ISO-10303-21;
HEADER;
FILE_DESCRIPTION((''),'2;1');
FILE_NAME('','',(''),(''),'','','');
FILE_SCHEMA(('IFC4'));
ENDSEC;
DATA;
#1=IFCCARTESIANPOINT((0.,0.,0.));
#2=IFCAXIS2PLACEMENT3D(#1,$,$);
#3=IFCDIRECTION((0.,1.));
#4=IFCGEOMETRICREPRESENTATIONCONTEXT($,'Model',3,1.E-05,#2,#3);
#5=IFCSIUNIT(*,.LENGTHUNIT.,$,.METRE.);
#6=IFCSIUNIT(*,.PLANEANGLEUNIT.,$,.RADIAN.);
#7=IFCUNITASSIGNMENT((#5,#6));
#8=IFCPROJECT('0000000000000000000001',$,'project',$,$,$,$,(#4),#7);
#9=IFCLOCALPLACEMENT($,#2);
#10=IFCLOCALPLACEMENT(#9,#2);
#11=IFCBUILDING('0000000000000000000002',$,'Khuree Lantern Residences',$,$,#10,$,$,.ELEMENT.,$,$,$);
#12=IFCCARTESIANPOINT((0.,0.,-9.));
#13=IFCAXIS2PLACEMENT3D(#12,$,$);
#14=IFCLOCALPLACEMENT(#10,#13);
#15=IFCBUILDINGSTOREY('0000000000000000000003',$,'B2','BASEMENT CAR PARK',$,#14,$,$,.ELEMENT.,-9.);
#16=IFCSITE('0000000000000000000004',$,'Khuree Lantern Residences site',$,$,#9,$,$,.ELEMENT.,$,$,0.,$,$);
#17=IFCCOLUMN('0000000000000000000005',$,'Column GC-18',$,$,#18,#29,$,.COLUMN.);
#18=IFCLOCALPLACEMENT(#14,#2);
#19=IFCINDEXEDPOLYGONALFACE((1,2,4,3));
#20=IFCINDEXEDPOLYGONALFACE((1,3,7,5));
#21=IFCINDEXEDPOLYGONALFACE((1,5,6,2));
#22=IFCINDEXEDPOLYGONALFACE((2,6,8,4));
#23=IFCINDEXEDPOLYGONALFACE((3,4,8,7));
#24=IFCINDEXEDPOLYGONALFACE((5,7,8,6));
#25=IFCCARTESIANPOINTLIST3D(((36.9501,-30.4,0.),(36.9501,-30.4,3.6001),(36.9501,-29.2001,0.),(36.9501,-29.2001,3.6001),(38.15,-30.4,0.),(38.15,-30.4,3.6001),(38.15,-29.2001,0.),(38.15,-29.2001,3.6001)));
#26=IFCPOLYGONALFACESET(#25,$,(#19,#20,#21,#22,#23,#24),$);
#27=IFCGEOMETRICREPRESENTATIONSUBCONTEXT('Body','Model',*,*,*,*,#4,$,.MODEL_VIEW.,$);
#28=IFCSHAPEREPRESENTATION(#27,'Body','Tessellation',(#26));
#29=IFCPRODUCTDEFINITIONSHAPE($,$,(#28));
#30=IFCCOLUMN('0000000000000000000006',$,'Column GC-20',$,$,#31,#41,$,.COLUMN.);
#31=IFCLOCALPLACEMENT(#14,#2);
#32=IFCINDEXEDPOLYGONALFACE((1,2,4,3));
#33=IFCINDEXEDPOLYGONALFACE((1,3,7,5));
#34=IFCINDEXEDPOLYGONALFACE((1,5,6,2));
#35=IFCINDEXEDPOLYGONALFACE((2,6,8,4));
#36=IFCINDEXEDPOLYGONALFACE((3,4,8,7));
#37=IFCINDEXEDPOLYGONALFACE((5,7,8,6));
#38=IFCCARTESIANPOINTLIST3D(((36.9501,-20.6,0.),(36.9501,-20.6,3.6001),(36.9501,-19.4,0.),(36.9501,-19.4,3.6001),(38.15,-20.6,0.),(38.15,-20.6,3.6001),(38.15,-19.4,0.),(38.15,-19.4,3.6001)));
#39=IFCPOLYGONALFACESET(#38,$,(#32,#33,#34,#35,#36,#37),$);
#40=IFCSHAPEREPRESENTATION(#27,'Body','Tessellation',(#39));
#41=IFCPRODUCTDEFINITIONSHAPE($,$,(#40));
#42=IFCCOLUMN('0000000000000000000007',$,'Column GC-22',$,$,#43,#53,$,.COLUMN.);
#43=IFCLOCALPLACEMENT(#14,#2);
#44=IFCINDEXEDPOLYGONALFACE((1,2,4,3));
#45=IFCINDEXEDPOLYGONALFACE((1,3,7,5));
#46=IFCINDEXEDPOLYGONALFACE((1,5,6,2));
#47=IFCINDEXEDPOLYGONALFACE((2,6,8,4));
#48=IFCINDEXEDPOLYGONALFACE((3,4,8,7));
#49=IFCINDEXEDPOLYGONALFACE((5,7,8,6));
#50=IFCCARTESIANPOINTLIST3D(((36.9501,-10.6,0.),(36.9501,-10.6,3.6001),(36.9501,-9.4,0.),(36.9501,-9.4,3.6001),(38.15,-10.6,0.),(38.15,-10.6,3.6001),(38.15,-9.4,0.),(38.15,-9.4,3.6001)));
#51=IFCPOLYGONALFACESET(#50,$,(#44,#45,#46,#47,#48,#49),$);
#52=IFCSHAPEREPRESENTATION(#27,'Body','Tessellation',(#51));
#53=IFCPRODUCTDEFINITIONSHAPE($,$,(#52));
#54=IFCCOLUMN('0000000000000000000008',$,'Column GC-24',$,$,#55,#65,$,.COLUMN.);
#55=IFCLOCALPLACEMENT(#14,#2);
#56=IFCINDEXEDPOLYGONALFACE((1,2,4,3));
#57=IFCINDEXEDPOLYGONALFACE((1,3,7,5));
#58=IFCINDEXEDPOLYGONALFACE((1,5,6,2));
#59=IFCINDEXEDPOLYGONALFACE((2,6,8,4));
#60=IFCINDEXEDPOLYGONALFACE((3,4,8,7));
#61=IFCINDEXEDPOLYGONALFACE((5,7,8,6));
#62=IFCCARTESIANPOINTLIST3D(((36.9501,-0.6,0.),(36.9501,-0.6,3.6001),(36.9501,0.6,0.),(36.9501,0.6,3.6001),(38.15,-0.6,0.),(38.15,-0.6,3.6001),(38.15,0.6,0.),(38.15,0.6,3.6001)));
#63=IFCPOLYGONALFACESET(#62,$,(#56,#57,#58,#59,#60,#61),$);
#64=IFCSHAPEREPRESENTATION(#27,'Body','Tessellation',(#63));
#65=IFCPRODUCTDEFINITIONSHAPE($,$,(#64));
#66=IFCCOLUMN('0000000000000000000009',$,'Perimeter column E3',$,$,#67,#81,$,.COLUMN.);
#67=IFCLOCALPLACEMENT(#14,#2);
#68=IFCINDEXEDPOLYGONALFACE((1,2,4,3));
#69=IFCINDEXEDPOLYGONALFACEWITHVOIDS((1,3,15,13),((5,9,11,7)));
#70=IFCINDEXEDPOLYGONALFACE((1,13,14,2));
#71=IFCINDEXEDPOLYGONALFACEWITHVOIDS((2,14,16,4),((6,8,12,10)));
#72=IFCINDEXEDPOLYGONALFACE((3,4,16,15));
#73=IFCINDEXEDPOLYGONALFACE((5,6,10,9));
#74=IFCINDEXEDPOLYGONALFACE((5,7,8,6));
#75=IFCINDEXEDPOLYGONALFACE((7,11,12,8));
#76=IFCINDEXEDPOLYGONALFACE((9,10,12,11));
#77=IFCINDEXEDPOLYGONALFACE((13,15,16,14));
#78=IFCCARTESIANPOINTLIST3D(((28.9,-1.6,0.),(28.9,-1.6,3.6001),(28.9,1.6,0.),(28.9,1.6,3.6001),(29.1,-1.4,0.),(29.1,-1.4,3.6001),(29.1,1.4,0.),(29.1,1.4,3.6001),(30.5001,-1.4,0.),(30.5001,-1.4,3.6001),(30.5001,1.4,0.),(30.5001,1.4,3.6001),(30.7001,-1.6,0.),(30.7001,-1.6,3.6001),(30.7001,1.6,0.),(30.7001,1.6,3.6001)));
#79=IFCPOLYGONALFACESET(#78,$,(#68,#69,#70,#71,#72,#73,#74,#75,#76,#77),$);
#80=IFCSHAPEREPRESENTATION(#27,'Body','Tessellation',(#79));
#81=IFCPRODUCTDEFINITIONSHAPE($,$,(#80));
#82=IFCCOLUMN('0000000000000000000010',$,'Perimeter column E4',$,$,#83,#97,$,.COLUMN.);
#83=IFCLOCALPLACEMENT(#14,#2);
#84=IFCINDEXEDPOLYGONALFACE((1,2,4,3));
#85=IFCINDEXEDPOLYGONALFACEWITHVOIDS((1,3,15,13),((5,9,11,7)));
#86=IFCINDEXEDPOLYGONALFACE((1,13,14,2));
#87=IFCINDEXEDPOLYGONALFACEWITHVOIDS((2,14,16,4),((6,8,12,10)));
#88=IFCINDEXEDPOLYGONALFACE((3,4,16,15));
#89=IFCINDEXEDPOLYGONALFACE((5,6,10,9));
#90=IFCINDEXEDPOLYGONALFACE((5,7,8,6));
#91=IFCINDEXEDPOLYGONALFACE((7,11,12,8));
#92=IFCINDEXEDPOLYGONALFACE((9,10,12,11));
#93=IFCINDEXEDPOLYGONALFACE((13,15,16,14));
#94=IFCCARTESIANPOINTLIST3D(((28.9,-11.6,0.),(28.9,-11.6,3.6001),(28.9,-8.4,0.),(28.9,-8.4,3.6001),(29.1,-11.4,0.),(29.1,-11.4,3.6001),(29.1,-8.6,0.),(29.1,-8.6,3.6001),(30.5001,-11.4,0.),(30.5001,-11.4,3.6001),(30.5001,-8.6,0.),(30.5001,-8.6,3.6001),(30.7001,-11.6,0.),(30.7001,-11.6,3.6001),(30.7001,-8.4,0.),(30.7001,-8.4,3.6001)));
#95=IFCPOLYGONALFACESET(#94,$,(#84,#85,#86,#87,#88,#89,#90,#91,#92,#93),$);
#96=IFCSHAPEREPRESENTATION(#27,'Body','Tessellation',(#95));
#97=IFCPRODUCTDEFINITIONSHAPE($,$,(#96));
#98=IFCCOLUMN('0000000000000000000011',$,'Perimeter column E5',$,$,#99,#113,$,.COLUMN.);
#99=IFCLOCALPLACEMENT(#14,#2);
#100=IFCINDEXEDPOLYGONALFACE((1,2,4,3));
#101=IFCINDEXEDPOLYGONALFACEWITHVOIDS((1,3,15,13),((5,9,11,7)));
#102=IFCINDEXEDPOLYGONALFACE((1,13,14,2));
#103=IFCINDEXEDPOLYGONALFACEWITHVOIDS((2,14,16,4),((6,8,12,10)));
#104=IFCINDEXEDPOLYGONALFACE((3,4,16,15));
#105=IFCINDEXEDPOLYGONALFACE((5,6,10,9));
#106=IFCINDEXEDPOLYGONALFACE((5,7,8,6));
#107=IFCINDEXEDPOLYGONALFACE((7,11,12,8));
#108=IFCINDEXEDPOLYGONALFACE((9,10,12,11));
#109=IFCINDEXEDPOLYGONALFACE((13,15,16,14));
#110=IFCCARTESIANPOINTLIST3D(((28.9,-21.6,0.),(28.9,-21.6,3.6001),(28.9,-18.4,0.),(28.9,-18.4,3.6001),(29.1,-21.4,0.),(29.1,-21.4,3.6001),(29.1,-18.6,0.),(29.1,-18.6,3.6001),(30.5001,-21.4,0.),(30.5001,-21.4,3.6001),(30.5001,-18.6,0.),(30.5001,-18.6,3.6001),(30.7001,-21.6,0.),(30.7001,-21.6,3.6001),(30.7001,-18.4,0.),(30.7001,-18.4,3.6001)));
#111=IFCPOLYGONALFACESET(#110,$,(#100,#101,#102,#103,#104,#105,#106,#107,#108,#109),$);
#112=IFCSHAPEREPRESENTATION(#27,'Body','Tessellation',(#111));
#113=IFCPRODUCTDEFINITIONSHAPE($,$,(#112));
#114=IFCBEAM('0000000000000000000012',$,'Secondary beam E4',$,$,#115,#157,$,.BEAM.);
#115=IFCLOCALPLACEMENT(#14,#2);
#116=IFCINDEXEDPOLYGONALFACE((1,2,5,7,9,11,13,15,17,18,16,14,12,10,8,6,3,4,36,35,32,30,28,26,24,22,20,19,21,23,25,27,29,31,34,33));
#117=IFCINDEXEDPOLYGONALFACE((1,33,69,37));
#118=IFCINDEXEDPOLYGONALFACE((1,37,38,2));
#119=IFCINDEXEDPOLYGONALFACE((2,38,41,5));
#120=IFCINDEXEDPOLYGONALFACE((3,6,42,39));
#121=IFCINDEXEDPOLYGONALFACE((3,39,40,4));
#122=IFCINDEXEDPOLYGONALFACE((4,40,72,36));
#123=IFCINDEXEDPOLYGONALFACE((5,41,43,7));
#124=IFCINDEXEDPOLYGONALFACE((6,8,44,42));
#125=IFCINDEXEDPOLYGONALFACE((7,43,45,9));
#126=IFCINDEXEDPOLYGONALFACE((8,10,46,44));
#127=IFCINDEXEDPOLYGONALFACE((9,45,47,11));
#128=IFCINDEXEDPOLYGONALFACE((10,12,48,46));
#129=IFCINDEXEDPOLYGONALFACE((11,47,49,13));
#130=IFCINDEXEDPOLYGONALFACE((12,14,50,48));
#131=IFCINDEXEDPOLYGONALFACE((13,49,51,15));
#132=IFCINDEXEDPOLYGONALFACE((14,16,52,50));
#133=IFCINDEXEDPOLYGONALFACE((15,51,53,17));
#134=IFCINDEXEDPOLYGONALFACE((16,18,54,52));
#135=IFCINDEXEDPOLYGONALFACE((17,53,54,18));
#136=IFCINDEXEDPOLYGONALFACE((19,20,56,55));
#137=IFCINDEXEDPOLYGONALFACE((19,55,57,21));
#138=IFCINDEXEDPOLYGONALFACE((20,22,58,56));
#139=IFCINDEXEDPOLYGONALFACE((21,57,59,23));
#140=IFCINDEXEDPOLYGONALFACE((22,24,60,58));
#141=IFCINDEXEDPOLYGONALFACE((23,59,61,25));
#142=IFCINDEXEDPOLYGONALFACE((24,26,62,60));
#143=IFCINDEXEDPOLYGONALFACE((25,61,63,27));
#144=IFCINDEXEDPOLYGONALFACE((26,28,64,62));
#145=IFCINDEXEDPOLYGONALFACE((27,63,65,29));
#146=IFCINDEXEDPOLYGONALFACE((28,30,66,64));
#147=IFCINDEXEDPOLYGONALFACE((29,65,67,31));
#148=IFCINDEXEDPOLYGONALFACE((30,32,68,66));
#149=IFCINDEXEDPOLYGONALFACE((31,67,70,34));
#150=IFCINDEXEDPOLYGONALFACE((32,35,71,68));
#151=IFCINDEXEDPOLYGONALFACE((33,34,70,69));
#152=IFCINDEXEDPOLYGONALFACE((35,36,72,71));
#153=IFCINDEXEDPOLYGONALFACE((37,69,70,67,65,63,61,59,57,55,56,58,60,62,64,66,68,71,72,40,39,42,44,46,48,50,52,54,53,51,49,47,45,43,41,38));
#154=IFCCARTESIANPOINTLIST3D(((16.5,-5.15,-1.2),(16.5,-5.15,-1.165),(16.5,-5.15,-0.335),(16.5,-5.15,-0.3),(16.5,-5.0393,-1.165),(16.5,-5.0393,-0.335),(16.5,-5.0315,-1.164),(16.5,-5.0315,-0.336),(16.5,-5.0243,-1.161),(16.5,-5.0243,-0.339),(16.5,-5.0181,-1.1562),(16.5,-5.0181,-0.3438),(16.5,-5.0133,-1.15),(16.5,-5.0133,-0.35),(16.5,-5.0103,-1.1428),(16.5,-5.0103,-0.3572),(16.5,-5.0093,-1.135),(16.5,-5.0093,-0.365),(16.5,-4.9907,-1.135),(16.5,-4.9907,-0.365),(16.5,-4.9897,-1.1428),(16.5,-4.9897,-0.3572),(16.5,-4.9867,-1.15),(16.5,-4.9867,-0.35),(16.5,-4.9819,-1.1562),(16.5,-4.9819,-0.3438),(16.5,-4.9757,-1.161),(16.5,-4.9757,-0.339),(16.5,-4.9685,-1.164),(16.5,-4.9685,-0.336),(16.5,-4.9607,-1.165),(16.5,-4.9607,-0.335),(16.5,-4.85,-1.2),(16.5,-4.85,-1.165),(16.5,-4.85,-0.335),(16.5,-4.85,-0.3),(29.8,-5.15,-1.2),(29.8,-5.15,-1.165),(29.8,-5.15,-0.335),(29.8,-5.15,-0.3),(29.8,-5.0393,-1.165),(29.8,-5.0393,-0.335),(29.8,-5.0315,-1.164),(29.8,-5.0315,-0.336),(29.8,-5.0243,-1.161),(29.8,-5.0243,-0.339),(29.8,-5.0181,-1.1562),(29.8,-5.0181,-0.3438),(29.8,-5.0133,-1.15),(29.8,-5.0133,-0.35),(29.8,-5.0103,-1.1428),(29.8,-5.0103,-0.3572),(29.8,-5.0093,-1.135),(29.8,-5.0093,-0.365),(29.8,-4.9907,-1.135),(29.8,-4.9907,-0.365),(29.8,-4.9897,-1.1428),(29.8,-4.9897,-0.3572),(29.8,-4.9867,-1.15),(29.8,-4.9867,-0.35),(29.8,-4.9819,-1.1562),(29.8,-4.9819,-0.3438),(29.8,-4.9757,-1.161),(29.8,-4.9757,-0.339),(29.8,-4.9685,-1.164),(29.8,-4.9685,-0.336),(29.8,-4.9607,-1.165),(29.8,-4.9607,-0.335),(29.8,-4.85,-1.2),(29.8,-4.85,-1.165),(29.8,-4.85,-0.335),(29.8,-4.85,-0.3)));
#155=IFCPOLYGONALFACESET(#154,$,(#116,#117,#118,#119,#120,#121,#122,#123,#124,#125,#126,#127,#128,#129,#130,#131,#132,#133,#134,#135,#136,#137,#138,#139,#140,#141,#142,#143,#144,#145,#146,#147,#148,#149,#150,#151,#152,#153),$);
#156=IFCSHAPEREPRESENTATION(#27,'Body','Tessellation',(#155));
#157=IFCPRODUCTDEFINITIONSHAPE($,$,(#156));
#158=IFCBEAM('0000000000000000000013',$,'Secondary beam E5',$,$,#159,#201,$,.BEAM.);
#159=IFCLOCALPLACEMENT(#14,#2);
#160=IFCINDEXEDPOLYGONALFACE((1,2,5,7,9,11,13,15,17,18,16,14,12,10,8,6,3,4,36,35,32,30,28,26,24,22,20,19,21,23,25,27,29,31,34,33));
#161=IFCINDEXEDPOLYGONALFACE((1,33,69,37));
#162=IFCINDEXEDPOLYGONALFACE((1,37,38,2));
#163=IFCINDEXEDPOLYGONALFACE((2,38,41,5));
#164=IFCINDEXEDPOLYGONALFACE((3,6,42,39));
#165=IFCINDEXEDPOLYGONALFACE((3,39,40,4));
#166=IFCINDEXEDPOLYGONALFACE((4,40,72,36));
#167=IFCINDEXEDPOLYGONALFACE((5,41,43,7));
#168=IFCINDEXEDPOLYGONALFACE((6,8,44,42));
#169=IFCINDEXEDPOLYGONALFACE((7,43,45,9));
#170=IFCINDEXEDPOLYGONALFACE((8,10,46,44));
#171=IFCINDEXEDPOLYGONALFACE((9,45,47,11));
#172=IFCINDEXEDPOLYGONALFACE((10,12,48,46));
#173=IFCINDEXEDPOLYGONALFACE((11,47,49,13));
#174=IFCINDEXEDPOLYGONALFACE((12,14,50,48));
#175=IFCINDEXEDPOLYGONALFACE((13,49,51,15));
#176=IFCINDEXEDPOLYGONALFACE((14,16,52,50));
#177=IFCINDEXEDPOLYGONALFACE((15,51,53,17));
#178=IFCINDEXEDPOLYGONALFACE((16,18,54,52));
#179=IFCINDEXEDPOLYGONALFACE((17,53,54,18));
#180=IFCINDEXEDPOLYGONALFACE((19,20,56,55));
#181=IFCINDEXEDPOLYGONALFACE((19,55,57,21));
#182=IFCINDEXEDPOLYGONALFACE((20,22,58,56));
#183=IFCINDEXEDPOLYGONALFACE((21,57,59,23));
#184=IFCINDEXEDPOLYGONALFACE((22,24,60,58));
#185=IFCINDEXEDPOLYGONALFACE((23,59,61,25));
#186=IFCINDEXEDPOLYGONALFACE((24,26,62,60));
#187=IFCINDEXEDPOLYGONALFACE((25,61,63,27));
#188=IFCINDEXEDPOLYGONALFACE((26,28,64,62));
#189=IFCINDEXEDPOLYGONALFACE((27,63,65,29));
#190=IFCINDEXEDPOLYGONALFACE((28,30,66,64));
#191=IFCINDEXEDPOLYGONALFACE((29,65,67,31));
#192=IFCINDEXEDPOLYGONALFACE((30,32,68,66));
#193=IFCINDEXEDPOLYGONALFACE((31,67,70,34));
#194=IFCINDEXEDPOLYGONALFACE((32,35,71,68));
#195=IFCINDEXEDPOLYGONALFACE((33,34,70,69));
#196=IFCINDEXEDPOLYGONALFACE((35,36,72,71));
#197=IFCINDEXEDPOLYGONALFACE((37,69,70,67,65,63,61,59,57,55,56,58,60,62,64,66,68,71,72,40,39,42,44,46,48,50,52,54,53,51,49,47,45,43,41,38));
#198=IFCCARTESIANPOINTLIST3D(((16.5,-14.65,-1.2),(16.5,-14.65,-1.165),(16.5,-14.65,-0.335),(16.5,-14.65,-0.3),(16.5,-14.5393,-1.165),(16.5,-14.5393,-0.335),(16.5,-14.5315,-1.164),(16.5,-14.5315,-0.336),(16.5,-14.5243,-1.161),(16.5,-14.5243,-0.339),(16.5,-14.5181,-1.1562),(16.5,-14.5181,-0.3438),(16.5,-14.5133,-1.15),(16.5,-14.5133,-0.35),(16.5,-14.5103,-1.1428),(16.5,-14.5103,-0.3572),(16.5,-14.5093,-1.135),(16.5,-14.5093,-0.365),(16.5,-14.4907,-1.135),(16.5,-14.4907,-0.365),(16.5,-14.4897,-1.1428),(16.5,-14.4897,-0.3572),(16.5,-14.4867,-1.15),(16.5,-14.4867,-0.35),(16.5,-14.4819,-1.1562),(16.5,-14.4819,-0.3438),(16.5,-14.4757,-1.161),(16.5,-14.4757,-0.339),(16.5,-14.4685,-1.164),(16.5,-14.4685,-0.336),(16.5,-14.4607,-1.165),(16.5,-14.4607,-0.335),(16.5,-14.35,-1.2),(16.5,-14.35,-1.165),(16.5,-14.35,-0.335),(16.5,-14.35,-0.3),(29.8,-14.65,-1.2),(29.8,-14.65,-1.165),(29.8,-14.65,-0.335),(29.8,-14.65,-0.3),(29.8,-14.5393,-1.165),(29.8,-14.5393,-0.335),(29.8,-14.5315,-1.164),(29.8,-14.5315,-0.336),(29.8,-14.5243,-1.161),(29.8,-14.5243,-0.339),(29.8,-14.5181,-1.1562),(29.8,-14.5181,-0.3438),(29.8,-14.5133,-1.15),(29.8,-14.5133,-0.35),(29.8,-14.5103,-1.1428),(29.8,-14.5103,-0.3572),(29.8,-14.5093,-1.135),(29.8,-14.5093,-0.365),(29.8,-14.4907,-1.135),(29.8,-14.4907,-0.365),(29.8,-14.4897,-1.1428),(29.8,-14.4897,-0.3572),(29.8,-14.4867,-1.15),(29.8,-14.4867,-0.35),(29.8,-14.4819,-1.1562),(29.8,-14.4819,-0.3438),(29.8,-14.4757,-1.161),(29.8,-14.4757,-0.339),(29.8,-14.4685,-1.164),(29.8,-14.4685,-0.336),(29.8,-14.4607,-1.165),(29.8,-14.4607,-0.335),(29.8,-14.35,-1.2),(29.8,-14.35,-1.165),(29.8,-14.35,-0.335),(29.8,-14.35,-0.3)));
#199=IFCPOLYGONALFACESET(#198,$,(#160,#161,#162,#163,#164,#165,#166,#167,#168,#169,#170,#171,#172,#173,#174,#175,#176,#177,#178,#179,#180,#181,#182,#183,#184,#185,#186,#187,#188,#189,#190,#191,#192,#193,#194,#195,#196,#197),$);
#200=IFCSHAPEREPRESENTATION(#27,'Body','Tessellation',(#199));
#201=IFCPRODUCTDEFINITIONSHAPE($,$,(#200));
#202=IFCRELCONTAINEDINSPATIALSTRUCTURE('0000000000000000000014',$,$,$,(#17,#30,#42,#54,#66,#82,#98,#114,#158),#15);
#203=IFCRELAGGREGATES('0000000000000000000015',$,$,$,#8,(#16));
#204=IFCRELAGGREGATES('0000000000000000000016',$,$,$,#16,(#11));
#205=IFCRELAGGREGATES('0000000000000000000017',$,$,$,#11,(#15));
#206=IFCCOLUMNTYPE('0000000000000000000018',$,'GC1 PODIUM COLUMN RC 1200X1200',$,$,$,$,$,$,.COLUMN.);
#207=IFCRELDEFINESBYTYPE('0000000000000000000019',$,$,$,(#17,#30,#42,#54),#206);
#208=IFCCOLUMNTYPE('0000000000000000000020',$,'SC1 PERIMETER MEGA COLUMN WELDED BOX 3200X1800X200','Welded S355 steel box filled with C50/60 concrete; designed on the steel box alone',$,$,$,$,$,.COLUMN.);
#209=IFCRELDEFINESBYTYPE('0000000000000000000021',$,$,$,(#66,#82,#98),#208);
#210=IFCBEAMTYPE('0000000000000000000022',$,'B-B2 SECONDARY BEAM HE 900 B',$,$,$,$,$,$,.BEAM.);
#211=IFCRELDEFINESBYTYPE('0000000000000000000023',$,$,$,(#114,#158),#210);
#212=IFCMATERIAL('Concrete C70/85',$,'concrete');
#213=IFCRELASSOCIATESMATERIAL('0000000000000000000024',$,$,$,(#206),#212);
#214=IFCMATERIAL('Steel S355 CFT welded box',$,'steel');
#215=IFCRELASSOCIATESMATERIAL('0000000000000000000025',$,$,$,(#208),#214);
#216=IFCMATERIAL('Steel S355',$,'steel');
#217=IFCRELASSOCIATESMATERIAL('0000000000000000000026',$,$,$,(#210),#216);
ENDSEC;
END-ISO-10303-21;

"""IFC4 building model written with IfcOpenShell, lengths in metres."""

from ifc_helpers import new_model, si_unit, direction, frame, origin, origin_2d, place, context, subcontext, project, spatial, rectangle, hollow_rectangle, i_section, extrude, material, material_profile, profile_set, type_object, element, save


model = new_model("IFC4")

# Units and contexts
model_context = context("Model", 3, precision=1e-05, world=origin(), true_north=direction((0.0, 1.0)))
body_context = subcontext(model_context, "Body", "Model", "MODEL_VIEW")
ifc_project = project(units=[si_unit("LENGTHUNIT", "METRE"), si_unit("PLANEANGLEUNIT", "RADIAN")], contexts=[model_context])

# Site, building, storey
site_placement = place(None, origin())
site = spatial("IfcSite", under=ifc_project, at=site_placement, Name="Khuree Lantern Residences site", CompositionType="ELEMENT", RefElevation=0.0)
building_placement = place(site_placement, origin())
building = spatial("IfcBuilding", under=site, at=building_placement, Name="Khuree Lantern Residences", CompositionType="ELEMENT")
storey_placement = place(building_placement, frame((0.0, 0.0, -9.0)))
storey = spatial("IfcBuildingStorey", under=building, at=storey_placement, Name="B2", Description="BASEMENT CAR PARK", CompositionType="ELEMENT", Elevation=-9.0)

# Columns
ifc_material_1 = material(Name="Concrete C70/85", Category="concrete")
ifc_material_profile_1 = material_profile(ifc_material_1, rectangle(XDim=1.2, YDim=1.2, at=origin_2d()), Name="RC 1200X1200")
ifc_profile_set_1 = profile_set([ifc_material_profile_1], Name="Concrete C70/85")
column_type_1 = type_object("IfcColumnType", Name="GC1 PODIUM COLUMN RC 1200X1200", PredefinedType="COLUMN", material=ifc_profile_set_1)
for number, where, z_axis, x_axis, name in (
    (1, (37.55, -29.8, 0.0), (0.0, 0.0, 1.0), (1.0, 0.0, 0.0), "Column GC-18"),
    (2, (37.55, -20.0, 0.0), (0.0, 0.0, 1.0), (1.0, 0.0, 0.0), "Column GC-20"),
    (3, (37.55, -10.0, 0.0), (0.0, 0.0, 1.0), (1.0, 0.0, 0.0), "Column GC-22"),
    (4, (37.55, 0.0, 0.0), (0.0, 0.0, 1.0), (1.0, 0.0, 0.0), "Column GC-24"),
):
    element("IfcColumn", number, at=place(storey_placement, frame(where, z_axis=z_axis, x_axis=x_axis)), inside=storey, type_object=column_type_1, Name=name, PredefinedType="COLUMN", context=body_context, shape_type="SweptSolid", body=[
        extrude(rectangle(XDim=1.2, YDim=1.2, at=origin_2d()), origin(), (0.0, 0.0, 1.0), 3.6001),
    ])
ifc_material_2 = material(Name="Steel S355 CFT welded box", Category="steel")
ifc_material_profile_2 = material_profile(ifc_material_2, hollow_rectangle(XDim=3.2, YDim=1.8, WallThickness=0.2, at=origin_2d()), Name="WELDED BOX 3200X1800X200")
ifc_profile_set_2 = profile_set([ifc_material_profile_2], Name="Steel S355 CFT welded box")
column_type_2 = type_object("IfcColumnType", Name="SC1 PERIMETER MEGA COLUMN WELDED BOX 3200X1800X200", Description="Welded S355 steel box filled with C50/60 concrete; designed on the steel box alone", PredefinedType="COLUMN", material=ifc_profile_set_2)
for number, where, z_axis, x_axis, name in (
    (5, (29.8, 0.0, 0.0), (0.0, 0.0, 1.0), (0.0, 1.0, 0.0), "Perimeter column E3"),
    (6, (29.8, -10.0, 0.0), (0.0, 0.0, 1.0), (0.0, 1.0, 0.0), "Perimeter column E4"),
    (7, (29.8, -20.0, 0.0), (0.0, 0.0, 1.0), (0.0, 1.0, 0.0), "Perimeter column E5"),
):
    element("IfcColumn", number, at=place(storey_placement, frame(where, z_axis=z_axis, x_axis=x_axis)), inside=storey, type_object=column_type_2, Name=name, PredefinedType="COLUMN", context=body_context, shape_type="SweptSolid", body=[
        extrude(hollow_rectangle(XDim=3.2, YDim=1.8, WallThickness=0.2, at=origin_2d()), origin(), (0.0, 0.0, 1.0), 3.6001),
    ])

# Beams
ifc_material_3 = material(Name="Steel S355", Category="steel")
ifc_material_profile_3 = material_profile(ifc_material_3, i_section(OverallWidth=0.3, OverallDepth=0.8999, WebThickness=0.0186, FlangeThickness=0.0349, FilletRadius=0.03, at=origin_2d()), Name="HE 900 B")
ifc_profile_set_3 = profile_set([ifc_material_profile_3], Name="Steel S355")
beam_type_1 = type_object("IfcBeamType", Name="B-B2 SECONDARY BEAM HE 900 B", PredefinedType="BEAM", material=ifc_profile_set_3)
for number, where, z_axis, x_axis, name in (
    (8, (29.8, -5.0, -0.75), (-1.0, 0.0, 0.0), (0.0, -1.0, 0.0), "Secondary beam E4"),
    (9, (29.8, -14.5, -0.75), (-1.0, 0.0, 0.0), (0.0, -1.0, 0.0), "Secondary beam E5"),
):
    element("IfcBeam", number, at=place(storey_placement, frame(where, z_axis=z_axis, x_axis=x_axis)), inside=storey, type_object=beam_type_1, Name=name, PredefinedType="BEAM", context=body_context, shape_type="SweptSolid", body=[
        extrude(i_section(OverallWidth=0.3, OverallDepth=0.8999, WebThickness=0.0186, FlangeThickness=0.0349, FilletRadius=0.03, at=origin_2d()), origin(), (0.0, 0.0, 1.0), 13.3),
    ])

save(model, "model.ifc")
